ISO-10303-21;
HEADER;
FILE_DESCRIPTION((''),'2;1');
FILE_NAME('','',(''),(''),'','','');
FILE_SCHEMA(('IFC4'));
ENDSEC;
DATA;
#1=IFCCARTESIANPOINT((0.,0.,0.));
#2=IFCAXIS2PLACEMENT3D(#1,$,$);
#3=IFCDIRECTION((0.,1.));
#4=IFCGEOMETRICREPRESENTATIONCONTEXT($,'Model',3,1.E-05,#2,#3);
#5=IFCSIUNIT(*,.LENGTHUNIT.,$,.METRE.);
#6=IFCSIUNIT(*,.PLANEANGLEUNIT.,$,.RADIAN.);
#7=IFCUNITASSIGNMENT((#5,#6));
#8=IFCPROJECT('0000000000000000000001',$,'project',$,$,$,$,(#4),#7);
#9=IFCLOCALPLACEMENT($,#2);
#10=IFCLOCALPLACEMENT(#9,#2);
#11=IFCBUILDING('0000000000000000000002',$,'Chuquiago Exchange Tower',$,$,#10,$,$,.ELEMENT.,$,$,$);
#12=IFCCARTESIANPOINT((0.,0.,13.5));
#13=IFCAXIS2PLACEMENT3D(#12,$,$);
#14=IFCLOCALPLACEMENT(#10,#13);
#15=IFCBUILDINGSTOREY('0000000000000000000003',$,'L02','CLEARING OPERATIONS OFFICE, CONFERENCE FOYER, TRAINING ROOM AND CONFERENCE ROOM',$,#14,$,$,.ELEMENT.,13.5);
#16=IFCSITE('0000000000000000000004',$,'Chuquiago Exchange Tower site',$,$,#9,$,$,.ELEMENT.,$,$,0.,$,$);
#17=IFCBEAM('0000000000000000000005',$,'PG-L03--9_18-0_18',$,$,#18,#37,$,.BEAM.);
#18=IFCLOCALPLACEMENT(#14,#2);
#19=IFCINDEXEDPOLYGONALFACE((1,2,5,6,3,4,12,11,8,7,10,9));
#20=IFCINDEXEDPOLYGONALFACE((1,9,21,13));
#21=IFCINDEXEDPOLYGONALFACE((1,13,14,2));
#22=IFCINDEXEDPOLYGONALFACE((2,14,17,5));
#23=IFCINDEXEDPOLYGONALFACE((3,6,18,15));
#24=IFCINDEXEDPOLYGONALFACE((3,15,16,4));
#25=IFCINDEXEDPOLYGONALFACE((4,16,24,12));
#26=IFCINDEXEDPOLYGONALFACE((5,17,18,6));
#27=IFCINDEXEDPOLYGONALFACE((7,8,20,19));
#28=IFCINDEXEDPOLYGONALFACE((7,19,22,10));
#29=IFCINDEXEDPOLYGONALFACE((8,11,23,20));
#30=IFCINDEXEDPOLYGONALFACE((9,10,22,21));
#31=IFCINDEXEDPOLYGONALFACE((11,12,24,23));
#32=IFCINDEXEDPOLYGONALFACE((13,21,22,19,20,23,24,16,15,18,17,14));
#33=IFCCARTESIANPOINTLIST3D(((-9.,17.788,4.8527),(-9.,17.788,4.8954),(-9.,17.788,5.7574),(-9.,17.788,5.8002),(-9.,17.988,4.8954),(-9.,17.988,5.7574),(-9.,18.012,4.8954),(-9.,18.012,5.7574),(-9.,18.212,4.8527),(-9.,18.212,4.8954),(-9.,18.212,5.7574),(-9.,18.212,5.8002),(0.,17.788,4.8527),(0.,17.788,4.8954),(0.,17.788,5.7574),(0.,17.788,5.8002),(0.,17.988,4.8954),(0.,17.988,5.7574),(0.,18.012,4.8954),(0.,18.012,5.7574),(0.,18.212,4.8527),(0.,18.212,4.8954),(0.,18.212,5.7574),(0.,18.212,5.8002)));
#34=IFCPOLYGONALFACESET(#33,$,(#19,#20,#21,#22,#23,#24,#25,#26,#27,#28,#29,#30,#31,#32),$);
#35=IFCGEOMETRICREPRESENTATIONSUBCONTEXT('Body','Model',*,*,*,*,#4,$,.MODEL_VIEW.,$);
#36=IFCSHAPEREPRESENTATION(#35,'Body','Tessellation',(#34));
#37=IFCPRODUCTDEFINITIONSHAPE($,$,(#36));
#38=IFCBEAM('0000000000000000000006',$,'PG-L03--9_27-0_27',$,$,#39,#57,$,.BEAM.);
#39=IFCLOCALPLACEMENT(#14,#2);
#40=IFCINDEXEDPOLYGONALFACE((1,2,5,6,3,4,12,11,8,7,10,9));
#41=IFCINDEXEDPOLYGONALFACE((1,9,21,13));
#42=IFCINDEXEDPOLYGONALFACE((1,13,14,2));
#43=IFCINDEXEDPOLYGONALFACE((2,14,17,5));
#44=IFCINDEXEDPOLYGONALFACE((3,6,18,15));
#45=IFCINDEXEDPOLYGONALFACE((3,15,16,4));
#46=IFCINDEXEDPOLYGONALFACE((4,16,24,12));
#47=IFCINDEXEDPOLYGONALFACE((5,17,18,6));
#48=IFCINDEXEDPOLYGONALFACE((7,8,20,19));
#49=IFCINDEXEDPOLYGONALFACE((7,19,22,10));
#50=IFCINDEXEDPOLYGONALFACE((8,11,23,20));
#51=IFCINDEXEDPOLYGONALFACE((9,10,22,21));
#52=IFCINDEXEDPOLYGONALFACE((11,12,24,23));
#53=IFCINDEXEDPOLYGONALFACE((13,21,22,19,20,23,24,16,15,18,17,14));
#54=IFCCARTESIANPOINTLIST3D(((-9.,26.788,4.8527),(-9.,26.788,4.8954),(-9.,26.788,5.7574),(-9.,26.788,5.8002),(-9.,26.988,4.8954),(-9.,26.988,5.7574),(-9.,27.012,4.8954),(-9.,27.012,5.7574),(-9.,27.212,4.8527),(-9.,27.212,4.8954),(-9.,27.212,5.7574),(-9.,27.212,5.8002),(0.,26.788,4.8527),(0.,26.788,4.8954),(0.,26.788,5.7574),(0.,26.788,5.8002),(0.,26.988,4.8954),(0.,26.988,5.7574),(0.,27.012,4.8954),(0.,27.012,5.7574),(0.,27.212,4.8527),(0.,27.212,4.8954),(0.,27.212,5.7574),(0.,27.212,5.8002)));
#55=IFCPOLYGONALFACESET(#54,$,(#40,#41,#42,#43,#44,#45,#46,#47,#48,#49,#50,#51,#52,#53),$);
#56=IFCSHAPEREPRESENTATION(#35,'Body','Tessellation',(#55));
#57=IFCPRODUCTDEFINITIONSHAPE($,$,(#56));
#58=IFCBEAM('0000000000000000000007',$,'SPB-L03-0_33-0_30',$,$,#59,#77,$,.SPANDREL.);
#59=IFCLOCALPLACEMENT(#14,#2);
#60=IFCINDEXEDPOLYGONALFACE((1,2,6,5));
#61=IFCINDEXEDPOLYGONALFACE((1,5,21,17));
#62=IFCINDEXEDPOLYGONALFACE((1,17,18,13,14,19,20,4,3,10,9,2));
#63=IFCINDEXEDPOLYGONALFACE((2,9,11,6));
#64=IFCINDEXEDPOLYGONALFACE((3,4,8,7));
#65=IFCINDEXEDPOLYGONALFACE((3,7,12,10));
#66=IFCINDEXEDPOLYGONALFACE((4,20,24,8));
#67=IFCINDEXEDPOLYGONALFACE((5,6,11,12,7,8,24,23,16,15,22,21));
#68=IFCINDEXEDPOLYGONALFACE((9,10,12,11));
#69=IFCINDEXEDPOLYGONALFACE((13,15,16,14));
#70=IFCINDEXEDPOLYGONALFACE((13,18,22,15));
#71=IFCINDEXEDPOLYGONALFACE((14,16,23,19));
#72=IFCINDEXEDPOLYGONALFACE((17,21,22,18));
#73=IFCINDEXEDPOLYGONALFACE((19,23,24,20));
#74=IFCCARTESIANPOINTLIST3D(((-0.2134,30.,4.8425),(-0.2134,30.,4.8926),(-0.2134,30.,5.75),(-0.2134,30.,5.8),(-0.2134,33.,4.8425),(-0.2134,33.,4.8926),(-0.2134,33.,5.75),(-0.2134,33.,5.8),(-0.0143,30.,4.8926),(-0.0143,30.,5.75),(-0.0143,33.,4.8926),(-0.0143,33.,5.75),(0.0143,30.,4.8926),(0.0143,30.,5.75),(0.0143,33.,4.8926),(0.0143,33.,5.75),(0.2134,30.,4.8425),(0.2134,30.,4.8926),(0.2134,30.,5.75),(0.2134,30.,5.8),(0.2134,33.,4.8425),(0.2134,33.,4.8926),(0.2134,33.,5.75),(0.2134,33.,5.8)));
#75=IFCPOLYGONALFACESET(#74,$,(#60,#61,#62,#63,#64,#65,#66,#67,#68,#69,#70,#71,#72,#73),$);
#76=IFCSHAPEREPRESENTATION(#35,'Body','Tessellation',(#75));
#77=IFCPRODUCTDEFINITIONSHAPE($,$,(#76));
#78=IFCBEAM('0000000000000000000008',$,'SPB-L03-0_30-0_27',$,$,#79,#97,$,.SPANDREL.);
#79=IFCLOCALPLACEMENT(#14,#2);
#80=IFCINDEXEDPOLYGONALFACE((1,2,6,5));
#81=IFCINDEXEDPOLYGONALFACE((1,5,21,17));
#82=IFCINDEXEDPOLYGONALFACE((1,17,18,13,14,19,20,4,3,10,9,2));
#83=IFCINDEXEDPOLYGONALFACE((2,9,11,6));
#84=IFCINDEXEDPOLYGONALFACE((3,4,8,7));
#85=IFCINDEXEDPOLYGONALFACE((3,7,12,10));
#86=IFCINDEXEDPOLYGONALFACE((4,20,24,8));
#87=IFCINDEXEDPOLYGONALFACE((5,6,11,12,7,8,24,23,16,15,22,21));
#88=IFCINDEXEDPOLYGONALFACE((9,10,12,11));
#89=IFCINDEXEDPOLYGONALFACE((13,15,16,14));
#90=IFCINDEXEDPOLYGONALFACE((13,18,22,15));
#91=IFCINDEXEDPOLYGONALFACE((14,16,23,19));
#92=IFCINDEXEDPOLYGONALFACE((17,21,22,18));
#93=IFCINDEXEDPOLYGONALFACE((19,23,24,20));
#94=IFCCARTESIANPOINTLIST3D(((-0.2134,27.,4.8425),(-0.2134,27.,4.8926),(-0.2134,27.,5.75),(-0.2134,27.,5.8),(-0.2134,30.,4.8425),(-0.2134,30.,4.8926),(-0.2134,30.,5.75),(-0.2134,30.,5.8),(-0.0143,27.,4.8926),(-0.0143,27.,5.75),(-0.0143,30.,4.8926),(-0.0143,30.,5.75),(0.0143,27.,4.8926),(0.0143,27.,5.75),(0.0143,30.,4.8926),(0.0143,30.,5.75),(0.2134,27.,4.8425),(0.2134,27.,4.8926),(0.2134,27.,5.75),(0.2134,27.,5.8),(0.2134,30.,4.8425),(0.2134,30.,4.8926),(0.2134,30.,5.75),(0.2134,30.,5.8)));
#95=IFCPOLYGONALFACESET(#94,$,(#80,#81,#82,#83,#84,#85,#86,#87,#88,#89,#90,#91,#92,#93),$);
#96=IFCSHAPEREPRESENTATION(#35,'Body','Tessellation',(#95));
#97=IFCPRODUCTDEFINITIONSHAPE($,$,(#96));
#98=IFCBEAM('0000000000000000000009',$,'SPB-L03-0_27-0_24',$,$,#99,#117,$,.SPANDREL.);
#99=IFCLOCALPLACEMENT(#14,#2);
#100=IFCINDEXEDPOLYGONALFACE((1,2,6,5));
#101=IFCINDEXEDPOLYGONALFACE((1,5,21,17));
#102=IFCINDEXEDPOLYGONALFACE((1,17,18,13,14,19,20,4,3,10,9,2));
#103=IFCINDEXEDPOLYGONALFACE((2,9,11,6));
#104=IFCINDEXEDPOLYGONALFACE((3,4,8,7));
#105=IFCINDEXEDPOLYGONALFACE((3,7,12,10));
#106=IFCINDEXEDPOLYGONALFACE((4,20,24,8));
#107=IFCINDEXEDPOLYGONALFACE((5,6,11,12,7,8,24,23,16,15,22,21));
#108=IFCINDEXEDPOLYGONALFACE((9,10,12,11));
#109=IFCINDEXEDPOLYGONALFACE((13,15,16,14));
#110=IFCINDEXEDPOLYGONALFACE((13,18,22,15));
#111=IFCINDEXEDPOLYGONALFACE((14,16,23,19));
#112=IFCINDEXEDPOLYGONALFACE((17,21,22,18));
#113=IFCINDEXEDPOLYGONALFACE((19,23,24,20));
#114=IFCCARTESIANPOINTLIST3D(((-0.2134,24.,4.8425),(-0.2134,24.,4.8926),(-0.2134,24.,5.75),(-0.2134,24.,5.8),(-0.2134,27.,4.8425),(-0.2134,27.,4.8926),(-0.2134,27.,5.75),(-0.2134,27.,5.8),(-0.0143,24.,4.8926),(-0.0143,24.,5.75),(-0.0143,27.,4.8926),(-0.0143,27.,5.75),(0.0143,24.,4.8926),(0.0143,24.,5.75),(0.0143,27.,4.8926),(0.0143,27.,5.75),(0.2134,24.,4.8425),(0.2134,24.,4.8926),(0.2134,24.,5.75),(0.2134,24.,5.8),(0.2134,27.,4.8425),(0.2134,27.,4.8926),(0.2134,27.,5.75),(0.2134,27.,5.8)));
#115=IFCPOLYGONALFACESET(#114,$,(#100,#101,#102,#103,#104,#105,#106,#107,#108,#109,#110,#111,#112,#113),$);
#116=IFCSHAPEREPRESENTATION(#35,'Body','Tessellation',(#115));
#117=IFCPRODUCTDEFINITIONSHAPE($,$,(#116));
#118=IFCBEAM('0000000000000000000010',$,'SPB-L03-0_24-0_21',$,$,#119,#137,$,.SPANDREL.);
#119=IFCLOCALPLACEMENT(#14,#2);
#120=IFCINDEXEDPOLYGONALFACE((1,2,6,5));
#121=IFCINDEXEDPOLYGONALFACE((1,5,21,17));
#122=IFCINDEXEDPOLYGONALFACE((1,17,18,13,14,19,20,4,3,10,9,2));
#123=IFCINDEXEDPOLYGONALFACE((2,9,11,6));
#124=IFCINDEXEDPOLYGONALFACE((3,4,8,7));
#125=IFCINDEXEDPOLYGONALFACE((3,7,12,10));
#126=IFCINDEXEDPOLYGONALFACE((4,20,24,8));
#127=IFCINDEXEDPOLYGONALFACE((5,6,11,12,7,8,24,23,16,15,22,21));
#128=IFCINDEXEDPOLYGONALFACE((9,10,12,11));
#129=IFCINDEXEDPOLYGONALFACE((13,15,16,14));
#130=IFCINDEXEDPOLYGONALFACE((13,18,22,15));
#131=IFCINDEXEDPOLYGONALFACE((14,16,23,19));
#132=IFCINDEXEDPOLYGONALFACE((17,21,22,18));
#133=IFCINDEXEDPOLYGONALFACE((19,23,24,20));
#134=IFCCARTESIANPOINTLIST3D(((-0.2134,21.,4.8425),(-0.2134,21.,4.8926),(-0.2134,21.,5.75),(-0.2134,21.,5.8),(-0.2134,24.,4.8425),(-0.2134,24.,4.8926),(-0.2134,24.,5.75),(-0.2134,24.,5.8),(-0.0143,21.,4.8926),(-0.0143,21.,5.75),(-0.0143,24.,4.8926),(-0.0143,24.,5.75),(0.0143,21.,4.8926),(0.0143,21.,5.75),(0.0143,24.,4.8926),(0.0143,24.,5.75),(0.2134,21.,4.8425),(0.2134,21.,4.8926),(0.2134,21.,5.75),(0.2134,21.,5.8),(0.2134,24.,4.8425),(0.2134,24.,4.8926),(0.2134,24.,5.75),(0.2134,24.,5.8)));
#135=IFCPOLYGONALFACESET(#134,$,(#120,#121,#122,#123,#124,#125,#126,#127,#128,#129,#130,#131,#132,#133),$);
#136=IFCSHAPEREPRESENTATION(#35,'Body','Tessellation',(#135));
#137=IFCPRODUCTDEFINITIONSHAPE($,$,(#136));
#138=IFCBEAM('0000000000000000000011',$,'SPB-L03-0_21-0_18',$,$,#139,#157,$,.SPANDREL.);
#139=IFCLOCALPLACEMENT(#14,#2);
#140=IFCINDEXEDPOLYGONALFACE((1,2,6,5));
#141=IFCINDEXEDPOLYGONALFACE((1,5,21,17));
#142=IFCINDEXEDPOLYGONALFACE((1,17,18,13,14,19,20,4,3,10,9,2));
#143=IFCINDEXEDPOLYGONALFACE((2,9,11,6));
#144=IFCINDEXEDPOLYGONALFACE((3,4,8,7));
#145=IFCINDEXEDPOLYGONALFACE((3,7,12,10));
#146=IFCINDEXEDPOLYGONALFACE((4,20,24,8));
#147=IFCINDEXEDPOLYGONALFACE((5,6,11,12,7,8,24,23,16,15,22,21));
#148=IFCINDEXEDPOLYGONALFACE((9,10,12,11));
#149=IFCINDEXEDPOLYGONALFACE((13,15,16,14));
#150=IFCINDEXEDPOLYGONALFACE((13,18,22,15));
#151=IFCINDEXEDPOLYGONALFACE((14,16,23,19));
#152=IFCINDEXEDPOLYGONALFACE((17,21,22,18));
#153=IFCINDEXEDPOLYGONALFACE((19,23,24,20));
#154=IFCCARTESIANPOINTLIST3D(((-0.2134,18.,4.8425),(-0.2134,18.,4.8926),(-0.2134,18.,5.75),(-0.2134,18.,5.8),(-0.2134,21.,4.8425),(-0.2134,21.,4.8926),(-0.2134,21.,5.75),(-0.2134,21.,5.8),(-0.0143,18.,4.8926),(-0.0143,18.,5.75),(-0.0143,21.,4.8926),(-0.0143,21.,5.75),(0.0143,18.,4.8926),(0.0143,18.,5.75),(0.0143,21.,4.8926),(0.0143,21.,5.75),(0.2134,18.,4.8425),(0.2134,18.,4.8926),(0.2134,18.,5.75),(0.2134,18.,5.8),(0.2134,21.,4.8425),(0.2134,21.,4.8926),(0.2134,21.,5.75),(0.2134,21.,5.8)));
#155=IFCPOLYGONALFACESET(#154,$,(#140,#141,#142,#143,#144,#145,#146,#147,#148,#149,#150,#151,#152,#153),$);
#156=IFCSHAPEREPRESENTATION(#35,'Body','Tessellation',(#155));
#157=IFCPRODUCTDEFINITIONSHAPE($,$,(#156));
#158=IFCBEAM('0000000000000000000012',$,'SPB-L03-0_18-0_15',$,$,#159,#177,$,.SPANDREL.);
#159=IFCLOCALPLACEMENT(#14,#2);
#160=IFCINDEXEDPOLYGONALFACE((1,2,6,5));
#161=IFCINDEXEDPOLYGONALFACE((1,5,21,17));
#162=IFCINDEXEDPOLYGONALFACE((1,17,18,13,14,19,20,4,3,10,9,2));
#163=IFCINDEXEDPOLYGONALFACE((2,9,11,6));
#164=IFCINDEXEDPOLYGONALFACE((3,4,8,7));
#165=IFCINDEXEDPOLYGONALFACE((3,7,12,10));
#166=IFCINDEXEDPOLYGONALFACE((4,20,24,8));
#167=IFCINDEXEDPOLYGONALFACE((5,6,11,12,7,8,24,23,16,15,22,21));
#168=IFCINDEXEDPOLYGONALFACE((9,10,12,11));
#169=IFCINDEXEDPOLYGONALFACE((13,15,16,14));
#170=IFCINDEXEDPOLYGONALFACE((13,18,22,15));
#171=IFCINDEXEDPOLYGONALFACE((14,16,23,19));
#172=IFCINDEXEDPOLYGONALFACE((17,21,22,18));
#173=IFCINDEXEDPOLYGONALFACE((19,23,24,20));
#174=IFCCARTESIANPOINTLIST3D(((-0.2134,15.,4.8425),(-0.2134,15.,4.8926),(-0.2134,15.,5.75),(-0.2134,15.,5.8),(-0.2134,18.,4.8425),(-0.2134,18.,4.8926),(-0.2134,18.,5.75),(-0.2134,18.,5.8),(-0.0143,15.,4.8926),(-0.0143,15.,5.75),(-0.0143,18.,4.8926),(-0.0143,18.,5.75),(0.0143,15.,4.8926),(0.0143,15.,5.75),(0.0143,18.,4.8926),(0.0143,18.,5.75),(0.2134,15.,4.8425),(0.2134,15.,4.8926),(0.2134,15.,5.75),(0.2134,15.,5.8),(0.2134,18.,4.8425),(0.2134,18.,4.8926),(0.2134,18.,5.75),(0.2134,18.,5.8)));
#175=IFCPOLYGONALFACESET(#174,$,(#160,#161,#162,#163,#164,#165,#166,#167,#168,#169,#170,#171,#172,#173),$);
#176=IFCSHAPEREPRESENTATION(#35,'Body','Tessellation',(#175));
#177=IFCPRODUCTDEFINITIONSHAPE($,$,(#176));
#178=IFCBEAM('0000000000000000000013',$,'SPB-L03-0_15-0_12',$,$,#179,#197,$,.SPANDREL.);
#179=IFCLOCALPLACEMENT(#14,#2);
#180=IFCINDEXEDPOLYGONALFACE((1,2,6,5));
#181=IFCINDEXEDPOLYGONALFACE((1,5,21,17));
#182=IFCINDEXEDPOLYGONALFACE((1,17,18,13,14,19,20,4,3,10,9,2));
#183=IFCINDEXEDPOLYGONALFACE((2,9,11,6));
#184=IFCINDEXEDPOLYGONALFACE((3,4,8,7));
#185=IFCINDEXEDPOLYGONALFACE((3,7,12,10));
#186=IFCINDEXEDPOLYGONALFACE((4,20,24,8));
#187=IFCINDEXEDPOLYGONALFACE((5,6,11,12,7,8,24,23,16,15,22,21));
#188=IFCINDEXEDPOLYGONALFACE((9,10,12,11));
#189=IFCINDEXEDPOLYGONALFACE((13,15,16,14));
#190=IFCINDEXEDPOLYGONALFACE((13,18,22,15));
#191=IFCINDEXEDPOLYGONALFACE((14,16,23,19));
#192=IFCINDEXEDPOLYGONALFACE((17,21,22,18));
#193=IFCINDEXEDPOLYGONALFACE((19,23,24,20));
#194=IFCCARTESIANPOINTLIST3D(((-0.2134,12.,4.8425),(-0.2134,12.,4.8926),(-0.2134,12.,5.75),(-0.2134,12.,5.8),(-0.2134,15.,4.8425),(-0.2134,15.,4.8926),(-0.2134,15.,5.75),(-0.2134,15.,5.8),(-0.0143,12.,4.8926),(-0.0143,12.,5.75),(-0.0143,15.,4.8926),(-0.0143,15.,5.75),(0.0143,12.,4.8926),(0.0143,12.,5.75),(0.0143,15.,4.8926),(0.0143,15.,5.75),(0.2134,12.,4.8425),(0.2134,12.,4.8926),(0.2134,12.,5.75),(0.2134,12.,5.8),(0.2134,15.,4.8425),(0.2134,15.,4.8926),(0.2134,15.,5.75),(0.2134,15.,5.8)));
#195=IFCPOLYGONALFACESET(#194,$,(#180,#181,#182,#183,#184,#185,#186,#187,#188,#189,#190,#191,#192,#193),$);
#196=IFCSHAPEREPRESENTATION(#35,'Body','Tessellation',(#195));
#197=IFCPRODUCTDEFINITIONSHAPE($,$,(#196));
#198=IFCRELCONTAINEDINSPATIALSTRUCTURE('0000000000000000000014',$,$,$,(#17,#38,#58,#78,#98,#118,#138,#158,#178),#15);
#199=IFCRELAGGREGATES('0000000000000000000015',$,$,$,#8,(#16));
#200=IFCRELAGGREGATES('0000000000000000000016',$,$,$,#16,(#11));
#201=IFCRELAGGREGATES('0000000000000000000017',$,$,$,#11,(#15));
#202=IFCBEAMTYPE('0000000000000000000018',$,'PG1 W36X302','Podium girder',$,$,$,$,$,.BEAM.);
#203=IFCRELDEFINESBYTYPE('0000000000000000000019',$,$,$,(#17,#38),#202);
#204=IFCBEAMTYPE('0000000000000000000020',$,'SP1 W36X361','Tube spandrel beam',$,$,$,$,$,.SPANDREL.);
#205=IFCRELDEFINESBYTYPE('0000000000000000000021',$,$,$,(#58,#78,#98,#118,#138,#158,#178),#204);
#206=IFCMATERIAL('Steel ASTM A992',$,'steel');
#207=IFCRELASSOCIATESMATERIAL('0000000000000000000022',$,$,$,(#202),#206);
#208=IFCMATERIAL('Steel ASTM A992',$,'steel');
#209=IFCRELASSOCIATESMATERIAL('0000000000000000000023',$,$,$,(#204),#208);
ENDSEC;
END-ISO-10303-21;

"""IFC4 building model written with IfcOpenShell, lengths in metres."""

from ifc_helpers import new_model, si_unit, direction, frame, origin, origin_2d, place, context, subcontext, project, spatial, i_section, extrude, material, material_profile, profile_set, type_object, element, save


model = new_model("IFC4")

# Units and contexts
model_context = context("Model", 3, precision=1e-05, world=origin(), true_north=direction((0.0, 1.0)))
body_context = subcontext(model_context, "Body", "Model", "MODEL_VIEW")
ifc_project = project(units=[si_unit("LENGTHUNIT", "METRE"), si_unit("PLANEANGLEUNIT", "RADIAN")], contexts=[model_context])

# Site, building, storey
site_placement = place(None, origin())
site = spatial("IfcSite", under=ifc_project, at=site_placement, Name="Chuquiago Exchange Tower site", CompositionType="ELEMENT", RefElevation=0.0)
building_placement = place(site_placement, origin())
building = spatial("IfcBuilding", under=site, at=building_placement, Name="Chuquiago Exchange Tower", CompositionType="ELEMENT")
storey_placement = place(building_placement, frame((0.0, 0.0, 13.5)))
storey = spatial("IfcBuildingStorey", under=building, at=storey_placement, Name="L02", Description="CLEARING OPERATIONS OFFICE, CONFERENCE FOYER, TRAINING ROOM AND CONFERENCE ROOM", CompositionType="ELEMENT", Elevation=13.5)

# Beams
ifc_material_1 = material(Name="Steel ASTM A992", Category="steel")
ifc_material_profile_1 = material_profile(ifc_material_1, i_section(OverallWidth=0.4241, OverallDepth=0.9475, WebThickness=0.0239, FlangeThickness=0.0427, at=origin_2d()), Name="W36X302")
ifc_profile_set_1 = profile_set([ifc_material_profile_1], Name="Steel ASTM A992")
beam_type_1 = type_object("IfcBeamType", Name="PG1 W36X302", Description="Podium girder", PredefinedType="BEAM", material=ifc_profile_set_1)
for number, where, z_axis, x_axis, name in (
    (1, (-9.0, 18.0, 5.3264), (1.0, 0.0, 0.0), (0.0, 1.0, 0.0), "PG-L03--9_18-0_18"),
    (2, (-9.0, 27.0, 5.3264), (1.0, 0.0, 0.0), (0.0, 1.0, 0.0), "PG-L03--9_27-0_27"),
):
    element("IfcBeam", number, at=place(storey_placement, frame(where, z_axis=z_axis, x_axis=x_axis)), inside=storey, type_object=beam_type_1, Name=name, PredefinedType="BEAM", context=body_context, shape_type="SweptSolid", body=[
        extrude(i_section(OverallWidth=0.4241, OverallDepth=0.9475, WebThickness=0.0239, FlangeThickness=0.0427, at=origin_2d()), origin(), (0.0, 0.0, 1.0), 9.0),
    ])
ifc_material_2 = material(Name="Steel ASTM A992", Category="steel")
ifc_material_profile_2 = material_profile(ifc_material_2, i_section(OverallWidth=0.4268, OverallDepth=0.9575, WebThickness=0.0286, FlangeThickness=0.05, at=origin_2d()), Name="W36X361")
ifc_profile_set_2 = profile_set([ifc_material_profile_2], Name="Steel ASTM A992")
beam_type_2 = type_object("IfcBeamType", Name="SP1 W36X361", Description="Tube spandrel beam", PredefinedType="SPANDREL", material=ifc_profile_set_2)
for number, where, z_axis, x_axis, name in (
    (3, (0.0, 33.0, 5.3213), (0.0, -1.0, 0.0), (1.0, 0.0, 0.0), "SPB-L03-0_33-0_30"),
    (4, (0.0, 30.0, 5.3213), (0.0, -1.0, 0.0), (1.0, 0.0, 0.0), "SPB-L03-0_30-0_27"),
    (5, (0.0, 27.0, 5.3213), (0.0, -1.0, 0.0), (1.0, 0.0, 0.0), "SPB-L03-0_27-0_24"),
    (6, (0.0, 24.0, 5.3213), (0.0, -1.0, 0.0), (1.0, 0.0, 0.0), "SPB-L03-0_24-0_21"),
    (7, (0.0, 21.0, 5.3213), (0.0, -1.0, 0.0), (1.0, 0.0, 0.0), "SPB-L03-0_21-0_18"),
    (8, (0.0, 18.0, 5.3213), (0.0, -1.0, 0.0), (1.0, 0.0, 0.0), "SPB-L03-0_18-0_15"),
    (9, (0.0, 15.0, 5.3213), (0.0, -1.0, 0.0), (1.0, 0.0, 0.0), "SPB-L03-0_15-0_12"),
):
    element("IfcBeam", number, at=place(storey_placement, frame(where, z_axis=z_axis, x_axis=x_axis)), inside=storey, type_object=beam_type_2, Name=name, PredefinedType="SPANDREL", context=body_context, shape_type="SweptSolid", body=[
        extrude(i_section(OverallWidth=0.4268, OverallDepth=0.9575, WebThickness=0.0286, FlangeThickness=0.05, at=origin_2d()), origin(), (0.0, 0.0, 1.0), 3.0),
    ])

save(model, "model.ifc")
